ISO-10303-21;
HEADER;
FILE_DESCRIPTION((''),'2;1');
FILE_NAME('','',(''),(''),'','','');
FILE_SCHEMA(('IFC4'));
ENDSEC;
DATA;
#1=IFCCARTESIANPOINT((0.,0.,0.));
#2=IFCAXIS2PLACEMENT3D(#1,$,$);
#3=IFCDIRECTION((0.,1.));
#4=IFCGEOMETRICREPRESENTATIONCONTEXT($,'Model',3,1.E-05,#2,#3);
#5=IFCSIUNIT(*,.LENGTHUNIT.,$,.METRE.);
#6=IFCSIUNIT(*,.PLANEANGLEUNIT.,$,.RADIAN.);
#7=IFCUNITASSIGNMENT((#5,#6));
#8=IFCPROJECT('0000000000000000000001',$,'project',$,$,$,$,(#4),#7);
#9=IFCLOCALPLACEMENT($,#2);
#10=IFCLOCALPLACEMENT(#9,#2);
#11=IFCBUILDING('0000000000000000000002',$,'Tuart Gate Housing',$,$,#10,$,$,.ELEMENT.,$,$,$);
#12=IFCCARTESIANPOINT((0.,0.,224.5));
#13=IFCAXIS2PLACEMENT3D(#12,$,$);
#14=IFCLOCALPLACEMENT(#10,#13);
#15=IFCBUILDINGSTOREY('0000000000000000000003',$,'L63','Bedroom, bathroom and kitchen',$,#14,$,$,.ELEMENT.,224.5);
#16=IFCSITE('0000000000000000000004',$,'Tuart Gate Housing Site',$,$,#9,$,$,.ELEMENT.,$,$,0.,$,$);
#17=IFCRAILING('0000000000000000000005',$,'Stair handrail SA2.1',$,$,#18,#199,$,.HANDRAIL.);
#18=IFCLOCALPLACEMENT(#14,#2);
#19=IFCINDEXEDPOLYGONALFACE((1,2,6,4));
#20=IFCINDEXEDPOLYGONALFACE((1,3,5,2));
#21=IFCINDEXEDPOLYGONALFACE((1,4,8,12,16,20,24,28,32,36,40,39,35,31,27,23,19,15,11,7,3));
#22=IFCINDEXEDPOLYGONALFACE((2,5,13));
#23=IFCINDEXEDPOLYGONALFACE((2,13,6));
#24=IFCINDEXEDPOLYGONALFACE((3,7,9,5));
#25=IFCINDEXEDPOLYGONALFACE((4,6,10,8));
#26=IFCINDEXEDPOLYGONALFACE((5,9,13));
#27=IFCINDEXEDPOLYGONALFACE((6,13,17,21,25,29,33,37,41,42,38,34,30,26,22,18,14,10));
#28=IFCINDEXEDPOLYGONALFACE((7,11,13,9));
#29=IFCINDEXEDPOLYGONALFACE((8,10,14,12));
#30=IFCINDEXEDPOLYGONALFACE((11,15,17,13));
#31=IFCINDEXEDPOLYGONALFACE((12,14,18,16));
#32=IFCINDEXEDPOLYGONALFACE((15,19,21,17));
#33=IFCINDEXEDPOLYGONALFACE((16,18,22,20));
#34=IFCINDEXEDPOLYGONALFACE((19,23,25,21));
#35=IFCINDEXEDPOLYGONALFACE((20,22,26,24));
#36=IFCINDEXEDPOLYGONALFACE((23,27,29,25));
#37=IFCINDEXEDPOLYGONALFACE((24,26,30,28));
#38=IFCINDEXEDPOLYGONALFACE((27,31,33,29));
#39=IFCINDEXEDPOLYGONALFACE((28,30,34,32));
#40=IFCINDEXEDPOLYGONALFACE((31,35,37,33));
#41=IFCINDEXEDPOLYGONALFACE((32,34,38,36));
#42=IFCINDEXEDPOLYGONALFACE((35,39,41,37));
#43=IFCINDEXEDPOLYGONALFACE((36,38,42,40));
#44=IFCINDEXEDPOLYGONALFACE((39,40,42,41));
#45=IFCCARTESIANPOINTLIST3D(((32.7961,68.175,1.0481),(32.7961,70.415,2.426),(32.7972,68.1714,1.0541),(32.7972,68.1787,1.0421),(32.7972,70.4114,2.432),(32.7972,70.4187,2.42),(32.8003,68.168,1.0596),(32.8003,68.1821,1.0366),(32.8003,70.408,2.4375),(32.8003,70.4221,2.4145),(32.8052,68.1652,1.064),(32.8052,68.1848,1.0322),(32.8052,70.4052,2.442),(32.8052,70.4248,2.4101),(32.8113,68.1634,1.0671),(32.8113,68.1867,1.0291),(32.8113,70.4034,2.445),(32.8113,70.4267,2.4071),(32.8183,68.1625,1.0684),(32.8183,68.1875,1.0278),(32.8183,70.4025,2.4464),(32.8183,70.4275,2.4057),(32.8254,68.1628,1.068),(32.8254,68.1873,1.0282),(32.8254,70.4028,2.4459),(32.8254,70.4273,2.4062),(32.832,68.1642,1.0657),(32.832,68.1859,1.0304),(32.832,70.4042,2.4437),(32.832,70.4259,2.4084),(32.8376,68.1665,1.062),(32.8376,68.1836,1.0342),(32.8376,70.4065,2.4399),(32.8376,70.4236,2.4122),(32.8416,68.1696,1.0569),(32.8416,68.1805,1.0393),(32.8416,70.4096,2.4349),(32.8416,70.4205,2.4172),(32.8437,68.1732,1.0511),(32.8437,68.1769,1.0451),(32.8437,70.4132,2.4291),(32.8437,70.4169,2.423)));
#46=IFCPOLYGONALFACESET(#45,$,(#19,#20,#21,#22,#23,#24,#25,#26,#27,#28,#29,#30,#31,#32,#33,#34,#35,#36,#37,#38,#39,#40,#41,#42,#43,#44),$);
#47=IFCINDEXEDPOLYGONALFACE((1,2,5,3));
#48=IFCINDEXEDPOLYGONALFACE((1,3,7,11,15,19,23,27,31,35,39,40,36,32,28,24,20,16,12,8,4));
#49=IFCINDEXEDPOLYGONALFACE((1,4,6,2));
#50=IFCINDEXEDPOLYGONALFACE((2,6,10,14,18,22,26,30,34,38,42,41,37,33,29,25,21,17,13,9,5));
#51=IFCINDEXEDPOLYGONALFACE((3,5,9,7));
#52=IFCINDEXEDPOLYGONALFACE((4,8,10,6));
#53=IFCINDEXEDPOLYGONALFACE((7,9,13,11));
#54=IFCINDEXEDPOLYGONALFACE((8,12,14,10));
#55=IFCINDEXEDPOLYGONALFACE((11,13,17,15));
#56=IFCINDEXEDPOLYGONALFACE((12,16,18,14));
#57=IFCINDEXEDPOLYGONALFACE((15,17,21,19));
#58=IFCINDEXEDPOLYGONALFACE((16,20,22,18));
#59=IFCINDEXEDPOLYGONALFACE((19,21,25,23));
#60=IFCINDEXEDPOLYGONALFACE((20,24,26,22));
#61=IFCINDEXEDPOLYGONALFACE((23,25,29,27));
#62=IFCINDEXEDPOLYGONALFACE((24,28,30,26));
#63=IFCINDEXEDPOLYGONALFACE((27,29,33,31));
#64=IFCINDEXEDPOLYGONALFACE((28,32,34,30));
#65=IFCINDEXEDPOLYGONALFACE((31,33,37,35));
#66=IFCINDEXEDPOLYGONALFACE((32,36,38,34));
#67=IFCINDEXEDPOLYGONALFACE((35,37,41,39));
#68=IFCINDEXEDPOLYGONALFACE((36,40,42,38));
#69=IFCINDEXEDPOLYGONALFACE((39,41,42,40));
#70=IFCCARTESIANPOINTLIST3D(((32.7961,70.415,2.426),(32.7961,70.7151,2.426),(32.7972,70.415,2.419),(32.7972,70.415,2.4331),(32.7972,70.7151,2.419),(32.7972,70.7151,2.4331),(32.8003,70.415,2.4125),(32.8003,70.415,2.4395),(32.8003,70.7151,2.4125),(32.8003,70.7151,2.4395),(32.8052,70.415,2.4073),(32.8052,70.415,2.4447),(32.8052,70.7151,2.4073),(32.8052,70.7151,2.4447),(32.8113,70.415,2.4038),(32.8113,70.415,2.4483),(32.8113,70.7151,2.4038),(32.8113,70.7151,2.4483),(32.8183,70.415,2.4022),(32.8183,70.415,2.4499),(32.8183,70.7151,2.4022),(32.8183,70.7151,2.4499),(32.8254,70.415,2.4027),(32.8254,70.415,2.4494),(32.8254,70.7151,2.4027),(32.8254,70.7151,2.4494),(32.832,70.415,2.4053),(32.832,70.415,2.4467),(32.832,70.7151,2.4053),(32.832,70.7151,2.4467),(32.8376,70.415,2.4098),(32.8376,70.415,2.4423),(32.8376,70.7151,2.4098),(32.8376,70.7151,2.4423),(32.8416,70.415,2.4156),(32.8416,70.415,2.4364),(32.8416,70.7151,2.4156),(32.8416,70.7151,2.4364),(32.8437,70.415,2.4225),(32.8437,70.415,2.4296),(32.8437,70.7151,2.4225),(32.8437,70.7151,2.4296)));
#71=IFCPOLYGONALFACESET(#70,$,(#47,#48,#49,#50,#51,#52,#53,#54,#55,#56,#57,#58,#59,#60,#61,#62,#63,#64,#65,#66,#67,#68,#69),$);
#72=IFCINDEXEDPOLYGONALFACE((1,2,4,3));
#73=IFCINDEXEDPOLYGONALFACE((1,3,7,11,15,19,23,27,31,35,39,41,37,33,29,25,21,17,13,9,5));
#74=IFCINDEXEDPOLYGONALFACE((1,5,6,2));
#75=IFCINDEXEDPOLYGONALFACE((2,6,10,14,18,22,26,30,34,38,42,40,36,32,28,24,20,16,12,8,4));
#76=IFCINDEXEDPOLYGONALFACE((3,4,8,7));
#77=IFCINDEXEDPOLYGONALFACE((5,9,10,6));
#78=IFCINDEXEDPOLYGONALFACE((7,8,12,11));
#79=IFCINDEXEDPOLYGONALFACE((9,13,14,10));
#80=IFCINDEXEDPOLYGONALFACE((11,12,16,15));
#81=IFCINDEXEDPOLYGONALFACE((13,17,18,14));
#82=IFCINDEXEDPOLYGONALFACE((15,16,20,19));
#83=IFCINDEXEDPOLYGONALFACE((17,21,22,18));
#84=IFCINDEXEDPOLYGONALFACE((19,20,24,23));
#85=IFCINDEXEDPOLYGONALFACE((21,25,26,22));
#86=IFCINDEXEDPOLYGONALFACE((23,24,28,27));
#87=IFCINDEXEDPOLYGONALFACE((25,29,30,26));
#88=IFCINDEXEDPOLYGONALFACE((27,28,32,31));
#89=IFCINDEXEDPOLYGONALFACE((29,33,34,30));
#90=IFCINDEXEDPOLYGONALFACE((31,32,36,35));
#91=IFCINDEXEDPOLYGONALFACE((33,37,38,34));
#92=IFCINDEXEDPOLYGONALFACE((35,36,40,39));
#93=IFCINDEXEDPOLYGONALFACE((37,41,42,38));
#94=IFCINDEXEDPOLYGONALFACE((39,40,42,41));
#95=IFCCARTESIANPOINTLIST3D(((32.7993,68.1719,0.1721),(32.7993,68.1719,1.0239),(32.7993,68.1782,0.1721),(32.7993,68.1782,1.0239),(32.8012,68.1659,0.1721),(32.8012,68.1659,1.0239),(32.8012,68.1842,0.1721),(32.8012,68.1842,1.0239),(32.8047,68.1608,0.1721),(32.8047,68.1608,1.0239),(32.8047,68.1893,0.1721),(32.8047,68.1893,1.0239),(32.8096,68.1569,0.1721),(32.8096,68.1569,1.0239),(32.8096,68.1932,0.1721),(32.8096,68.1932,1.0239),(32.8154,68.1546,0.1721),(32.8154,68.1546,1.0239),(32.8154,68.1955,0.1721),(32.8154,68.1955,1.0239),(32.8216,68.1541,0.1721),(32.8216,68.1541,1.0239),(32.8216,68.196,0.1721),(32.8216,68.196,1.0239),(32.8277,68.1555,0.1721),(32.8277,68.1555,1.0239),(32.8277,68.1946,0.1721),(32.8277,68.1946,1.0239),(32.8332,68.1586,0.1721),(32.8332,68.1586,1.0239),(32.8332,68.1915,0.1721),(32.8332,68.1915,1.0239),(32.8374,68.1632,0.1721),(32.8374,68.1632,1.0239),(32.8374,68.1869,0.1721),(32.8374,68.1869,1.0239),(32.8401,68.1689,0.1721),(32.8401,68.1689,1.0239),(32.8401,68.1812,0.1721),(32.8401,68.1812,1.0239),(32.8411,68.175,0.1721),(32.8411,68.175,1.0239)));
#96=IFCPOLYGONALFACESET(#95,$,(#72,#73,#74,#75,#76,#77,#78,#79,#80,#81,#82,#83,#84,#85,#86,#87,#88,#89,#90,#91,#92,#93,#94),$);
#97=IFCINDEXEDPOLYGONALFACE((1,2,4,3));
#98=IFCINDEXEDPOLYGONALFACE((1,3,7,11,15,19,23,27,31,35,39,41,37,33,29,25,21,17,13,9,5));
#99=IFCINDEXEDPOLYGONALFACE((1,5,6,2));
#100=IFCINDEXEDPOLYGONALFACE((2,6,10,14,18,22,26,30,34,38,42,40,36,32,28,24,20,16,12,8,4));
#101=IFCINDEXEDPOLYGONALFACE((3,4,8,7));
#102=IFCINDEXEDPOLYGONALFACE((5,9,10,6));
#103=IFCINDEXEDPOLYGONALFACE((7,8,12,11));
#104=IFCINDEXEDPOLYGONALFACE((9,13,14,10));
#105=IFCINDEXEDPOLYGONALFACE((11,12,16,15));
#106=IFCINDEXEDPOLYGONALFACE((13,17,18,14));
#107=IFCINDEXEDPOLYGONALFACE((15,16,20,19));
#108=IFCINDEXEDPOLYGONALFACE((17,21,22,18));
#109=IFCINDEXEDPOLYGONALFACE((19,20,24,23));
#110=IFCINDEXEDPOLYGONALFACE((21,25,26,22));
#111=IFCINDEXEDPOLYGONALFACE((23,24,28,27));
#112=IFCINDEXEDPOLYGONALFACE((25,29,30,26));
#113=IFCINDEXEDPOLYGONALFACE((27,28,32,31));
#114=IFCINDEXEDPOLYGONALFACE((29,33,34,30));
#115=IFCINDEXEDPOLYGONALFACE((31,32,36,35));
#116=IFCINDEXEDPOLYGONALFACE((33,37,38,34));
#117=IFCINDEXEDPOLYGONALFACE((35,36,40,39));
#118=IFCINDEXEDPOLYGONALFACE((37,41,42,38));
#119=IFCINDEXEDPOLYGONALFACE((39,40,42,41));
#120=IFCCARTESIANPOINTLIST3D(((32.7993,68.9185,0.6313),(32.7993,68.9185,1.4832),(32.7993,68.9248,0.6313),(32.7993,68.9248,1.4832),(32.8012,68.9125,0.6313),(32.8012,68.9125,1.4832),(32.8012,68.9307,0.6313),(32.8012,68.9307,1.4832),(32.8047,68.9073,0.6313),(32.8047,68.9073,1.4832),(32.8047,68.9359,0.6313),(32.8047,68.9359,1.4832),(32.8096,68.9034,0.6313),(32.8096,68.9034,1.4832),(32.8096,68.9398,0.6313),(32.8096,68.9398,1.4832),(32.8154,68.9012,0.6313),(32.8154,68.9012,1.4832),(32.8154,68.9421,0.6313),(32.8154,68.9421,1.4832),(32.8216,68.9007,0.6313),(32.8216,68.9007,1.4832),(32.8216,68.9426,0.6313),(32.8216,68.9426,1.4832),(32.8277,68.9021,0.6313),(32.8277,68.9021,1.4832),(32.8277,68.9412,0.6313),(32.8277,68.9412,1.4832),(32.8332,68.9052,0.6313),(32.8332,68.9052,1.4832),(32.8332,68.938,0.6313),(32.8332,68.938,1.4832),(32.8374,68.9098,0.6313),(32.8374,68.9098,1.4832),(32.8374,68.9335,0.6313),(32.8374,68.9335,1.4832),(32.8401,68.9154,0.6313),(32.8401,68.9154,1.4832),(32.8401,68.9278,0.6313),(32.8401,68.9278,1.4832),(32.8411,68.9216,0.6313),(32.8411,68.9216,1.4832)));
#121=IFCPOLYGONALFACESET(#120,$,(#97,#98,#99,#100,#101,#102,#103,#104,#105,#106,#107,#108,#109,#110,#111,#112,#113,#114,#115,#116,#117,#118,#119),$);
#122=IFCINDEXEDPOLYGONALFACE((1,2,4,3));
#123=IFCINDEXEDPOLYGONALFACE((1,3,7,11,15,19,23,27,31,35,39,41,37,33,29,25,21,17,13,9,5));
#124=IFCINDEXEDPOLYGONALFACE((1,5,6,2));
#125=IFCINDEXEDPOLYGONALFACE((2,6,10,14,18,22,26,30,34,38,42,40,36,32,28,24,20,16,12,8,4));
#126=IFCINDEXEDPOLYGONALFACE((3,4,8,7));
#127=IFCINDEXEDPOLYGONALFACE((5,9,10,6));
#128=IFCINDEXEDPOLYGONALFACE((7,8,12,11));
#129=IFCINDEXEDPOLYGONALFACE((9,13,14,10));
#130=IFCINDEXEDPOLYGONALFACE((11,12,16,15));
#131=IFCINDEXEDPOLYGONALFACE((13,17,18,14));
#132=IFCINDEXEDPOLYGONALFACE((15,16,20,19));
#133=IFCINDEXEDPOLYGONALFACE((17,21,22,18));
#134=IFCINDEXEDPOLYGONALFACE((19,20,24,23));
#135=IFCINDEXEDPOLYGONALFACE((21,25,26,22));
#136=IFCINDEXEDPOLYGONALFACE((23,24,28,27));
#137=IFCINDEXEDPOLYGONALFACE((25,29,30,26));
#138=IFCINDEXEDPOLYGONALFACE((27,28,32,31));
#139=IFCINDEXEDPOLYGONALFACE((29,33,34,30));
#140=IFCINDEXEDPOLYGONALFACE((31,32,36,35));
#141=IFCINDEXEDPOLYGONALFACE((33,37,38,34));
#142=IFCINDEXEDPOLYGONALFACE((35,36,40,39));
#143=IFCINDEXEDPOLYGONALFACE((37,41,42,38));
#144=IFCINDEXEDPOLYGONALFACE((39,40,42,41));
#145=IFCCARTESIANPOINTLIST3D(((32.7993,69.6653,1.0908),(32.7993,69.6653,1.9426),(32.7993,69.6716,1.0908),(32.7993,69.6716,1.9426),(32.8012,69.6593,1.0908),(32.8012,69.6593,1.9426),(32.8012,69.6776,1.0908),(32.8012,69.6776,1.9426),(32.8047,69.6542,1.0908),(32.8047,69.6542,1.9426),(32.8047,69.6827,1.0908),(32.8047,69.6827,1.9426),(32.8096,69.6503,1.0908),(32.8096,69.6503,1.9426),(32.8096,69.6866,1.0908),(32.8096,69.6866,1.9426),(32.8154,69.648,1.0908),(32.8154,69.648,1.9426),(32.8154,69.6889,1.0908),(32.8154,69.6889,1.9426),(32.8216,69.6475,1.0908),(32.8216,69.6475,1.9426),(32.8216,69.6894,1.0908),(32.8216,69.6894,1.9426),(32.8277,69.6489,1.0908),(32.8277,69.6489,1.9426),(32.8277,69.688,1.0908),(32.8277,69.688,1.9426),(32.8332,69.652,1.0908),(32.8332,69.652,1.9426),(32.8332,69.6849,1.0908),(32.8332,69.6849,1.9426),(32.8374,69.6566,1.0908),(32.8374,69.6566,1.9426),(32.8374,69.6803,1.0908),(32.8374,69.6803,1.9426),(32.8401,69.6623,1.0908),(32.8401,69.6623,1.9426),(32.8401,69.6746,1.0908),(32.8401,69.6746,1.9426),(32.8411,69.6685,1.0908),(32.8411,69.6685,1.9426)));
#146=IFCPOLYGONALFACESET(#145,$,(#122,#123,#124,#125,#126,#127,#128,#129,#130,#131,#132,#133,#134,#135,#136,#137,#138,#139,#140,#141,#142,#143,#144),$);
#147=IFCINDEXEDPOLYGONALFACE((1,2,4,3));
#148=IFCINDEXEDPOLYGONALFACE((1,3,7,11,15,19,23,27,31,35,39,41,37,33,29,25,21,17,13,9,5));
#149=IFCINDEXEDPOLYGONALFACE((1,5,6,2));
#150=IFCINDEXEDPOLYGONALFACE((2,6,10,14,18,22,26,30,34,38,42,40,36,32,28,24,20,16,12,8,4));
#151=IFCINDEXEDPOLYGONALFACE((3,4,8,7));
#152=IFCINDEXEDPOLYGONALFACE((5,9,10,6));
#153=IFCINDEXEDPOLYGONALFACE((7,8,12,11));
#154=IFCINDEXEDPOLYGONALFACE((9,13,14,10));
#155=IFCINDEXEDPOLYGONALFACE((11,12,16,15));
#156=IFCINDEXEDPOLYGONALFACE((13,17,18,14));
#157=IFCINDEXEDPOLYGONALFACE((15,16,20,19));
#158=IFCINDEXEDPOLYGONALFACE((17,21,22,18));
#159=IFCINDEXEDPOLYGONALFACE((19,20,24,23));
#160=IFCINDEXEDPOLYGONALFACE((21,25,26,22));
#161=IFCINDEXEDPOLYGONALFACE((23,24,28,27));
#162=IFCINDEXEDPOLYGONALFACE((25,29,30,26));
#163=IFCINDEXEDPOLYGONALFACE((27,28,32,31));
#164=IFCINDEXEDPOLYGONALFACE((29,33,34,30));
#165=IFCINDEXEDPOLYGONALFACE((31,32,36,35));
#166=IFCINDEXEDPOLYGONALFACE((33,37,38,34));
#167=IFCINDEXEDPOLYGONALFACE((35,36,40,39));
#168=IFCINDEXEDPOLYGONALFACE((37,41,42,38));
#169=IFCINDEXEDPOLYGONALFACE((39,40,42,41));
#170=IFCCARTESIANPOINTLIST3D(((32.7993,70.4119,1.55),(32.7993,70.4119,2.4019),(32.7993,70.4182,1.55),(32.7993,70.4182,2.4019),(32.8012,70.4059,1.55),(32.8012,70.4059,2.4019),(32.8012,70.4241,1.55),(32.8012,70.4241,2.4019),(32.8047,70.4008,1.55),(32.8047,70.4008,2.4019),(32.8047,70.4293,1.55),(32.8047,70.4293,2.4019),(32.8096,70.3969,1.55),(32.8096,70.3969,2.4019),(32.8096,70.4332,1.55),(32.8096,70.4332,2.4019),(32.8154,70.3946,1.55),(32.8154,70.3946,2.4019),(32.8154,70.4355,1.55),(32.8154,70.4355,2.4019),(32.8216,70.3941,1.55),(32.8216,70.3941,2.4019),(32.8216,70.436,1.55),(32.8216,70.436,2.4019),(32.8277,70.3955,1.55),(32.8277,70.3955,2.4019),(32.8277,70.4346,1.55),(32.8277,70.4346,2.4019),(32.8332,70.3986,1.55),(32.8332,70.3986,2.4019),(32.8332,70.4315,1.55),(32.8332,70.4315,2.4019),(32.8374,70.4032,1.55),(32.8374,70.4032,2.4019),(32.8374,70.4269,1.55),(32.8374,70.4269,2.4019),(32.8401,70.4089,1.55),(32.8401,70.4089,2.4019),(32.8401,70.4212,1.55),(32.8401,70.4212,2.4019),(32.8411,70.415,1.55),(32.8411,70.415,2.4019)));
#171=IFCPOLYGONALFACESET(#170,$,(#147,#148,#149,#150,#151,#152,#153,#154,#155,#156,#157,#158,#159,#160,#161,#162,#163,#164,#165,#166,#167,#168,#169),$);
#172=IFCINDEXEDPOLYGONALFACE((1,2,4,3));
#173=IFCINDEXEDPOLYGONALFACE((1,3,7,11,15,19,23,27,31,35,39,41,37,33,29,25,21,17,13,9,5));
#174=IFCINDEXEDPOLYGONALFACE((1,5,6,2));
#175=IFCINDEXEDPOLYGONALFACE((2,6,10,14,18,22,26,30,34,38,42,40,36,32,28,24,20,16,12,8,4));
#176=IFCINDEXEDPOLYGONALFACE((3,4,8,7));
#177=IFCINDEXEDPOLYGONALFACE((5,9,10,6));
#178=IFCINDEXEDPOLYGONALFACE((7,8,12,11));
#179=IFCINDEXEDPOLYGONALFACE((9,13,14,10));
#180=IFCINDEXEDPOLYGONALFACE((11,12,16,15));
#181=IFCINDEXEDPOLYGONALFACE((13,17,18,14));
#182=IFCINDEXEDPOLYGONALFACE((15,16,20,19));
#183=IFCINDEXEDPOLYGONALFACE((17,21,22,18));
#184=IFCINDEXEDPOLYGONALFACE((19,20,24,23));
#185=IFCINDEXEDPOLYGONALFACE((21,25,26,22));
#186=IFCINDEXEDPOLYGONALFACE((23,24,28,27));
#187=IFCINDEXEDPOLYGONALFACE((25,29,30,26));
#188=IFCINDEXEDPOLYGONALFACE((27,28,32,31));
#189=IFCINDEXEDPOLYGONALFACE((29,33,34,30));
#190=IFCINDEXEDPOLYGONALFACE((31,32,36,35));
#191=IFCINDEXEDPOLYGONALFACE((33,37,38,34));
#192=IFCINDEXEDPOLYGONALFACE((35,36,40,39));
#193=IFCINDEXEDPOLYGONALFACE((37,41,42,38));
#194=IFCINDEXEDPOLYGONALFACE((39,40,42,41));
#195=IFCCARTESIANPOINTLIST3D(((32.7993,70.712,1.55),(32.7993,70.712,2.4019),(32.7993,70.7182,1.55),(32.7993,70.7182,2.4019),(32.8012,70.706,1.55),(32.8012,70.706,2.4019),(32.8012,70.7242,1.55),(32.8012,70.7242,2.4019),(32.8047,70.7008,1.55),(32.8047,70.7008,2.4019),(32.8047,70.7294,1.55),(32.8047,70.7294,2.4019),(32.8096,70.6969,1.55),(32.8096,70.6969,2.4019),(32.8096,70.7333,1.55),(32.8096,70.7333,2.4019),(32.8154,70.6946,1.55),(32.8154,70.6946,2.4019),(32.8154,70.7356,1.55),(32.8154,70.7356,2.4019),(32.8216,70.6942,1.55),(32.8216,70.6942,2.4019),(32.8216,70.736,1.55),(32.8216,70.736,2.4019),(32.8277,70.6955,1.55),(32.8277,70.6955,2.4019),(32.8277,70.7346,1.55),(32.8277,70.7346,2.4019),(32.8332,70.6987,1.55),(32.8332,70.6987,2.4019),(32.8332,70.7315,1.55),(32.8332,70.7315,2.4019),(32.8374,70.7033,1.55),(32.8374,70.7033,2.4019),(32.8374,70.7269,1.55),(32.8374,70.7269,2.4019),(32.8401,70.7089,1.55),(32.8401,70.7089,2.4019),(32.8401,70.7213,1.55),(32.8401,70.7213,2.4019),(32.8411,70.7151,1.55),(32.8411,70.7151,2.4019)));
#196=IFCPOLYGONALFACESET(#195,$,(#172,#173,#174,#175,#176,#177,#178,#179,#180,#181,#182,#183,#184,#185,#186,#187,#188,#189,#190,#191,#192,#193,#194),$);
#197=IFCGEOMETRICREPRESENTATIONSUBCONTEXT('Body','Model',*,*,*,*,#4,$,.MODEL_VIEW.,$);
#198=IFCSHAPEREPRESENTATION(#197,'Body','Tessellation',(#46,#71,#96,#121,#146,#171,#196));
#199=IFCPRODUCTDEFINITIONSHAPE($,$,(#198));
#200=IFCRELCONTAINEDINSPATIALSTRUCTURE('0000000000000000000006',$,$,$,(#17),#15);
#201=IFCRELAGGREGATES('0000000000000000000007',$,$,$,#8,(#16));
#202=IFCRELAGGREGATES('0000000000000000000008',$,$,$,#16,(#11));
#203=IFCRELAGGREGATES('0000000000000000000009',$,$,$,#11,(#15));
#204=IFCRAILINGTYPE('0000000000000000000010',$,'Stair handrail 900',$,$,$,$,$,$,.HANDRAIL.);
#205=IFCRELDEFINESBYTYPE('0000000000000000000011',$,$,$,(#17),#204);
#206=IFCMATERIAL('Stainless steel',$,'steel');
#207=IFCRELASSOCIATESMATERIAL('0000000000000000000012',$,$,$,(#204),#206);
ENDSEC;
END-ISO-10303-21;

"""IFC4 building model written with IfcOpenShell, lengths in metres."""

from ifc_helpers import new_model, si_unit, direction, frame, origin, origin_2d, place, context, subcontext, project, spatial, circle, extrude, material, type_object, element, save


model = new_model("IFC4")

# Units and contexts
model_context = context("Model", 3, precision=1e-05, world=origin(), true_north=direction((0.0, 1.0)))
body_context = subcontext(model_context, "Body", "Model", "MODEL_VIEW")
ifc_project = project(units=[si_unit("LENGTHUNIT", "METRE"), si_unit("PLANEANGLEUNIT", "RADIAN")], contexts=[model_context])

# Site, building, storey
site_placement = place(None, origin())
site = spatial("IfcSite", under=ifc_project, at=site_placement, Name="Tuart Gate Housing Site", CompositionType="ELEMENT", RefElevation=0.0)
building_placement = place(site_placement, origin())
building = spatial("IfcBuilding", under=site, at=building_placement, Name="Tuart Gate Housing", CompositionType="ELEMENT")
storey_placement = place(building_placement, frame((0.0, 0.0, 224.5)))
storey = spatial("IfcBuildingStorey", under=building, at=storey_placement, Name="L63", Description="Bedroom, bathroom and kitchen", CompositionType="ELEMENT", Elevation=224.5)

# Railing
ifc_material_1 = material(Name="Stainless steel", Category="steel")
railing_type = type_object("IfcRailingType", Name="Stair handrail 900", PredefinedType="HANDRAIL", material=ifc_material_1)
railing_placement = place(storey_placement, frame((32.8201, 68.175, 0.1721)))
element("IfcRailing", 1, at=railing_placement, inside=storey, type_object=railing_type, Name="Stair handrail SA2.1", PredefinedType="HANDRAIL", context=body_context, shape_type="SweptSolid", body=[
    extrude(circle(Radius=0.0239, at=origin_2d()), frame((0.0, 0.0, 0.876), z_axis=(0.0, 0.851748, 0.523952), x_axis=(-1.0, 0.0, 0.0)), (0.0, 0.0, 1.0), 2.6299),
    extrude(circle(Radius=0.0239, at=origin_2d()), frame((0.0, 2.24, 2.2539), z_axis=(0.0, 1.0, 0.0), x_axis=(-1.0, 0.0, 0.0)), (0.0, 0.0, 1.0), 0.3),
    extrude(circle(Radius=0.021, at=origin_2d()), origin(), (0.0, 0.0, 1.0), 0.8518),
    extrude(circle(Radius=0.021, at=origin_2d()), frame((0.0, 0.7466, 0.4592)), (0.0, 0.0, 1.0), 0.8518),
    extrude(circle(Radius=0.021, at=origin_2d()), frame((0.0, 1.4934, 0.9187)), (0.0, 0.0, 1.0), 0.8518),
    extrude(circle(Radius=0.021, at=origin_2d()), frame((0.0, 2.24, 1.3779)), (0.0, 0.0, 1.0), 0.8518),
    extrude(circle(Radius=0.021, at=origin_2d()), frame((0.0, 2.54, 1.3779)), (0.0, 0.0, 1.0), 0.8518),
])

save(model, "model.ifc")
